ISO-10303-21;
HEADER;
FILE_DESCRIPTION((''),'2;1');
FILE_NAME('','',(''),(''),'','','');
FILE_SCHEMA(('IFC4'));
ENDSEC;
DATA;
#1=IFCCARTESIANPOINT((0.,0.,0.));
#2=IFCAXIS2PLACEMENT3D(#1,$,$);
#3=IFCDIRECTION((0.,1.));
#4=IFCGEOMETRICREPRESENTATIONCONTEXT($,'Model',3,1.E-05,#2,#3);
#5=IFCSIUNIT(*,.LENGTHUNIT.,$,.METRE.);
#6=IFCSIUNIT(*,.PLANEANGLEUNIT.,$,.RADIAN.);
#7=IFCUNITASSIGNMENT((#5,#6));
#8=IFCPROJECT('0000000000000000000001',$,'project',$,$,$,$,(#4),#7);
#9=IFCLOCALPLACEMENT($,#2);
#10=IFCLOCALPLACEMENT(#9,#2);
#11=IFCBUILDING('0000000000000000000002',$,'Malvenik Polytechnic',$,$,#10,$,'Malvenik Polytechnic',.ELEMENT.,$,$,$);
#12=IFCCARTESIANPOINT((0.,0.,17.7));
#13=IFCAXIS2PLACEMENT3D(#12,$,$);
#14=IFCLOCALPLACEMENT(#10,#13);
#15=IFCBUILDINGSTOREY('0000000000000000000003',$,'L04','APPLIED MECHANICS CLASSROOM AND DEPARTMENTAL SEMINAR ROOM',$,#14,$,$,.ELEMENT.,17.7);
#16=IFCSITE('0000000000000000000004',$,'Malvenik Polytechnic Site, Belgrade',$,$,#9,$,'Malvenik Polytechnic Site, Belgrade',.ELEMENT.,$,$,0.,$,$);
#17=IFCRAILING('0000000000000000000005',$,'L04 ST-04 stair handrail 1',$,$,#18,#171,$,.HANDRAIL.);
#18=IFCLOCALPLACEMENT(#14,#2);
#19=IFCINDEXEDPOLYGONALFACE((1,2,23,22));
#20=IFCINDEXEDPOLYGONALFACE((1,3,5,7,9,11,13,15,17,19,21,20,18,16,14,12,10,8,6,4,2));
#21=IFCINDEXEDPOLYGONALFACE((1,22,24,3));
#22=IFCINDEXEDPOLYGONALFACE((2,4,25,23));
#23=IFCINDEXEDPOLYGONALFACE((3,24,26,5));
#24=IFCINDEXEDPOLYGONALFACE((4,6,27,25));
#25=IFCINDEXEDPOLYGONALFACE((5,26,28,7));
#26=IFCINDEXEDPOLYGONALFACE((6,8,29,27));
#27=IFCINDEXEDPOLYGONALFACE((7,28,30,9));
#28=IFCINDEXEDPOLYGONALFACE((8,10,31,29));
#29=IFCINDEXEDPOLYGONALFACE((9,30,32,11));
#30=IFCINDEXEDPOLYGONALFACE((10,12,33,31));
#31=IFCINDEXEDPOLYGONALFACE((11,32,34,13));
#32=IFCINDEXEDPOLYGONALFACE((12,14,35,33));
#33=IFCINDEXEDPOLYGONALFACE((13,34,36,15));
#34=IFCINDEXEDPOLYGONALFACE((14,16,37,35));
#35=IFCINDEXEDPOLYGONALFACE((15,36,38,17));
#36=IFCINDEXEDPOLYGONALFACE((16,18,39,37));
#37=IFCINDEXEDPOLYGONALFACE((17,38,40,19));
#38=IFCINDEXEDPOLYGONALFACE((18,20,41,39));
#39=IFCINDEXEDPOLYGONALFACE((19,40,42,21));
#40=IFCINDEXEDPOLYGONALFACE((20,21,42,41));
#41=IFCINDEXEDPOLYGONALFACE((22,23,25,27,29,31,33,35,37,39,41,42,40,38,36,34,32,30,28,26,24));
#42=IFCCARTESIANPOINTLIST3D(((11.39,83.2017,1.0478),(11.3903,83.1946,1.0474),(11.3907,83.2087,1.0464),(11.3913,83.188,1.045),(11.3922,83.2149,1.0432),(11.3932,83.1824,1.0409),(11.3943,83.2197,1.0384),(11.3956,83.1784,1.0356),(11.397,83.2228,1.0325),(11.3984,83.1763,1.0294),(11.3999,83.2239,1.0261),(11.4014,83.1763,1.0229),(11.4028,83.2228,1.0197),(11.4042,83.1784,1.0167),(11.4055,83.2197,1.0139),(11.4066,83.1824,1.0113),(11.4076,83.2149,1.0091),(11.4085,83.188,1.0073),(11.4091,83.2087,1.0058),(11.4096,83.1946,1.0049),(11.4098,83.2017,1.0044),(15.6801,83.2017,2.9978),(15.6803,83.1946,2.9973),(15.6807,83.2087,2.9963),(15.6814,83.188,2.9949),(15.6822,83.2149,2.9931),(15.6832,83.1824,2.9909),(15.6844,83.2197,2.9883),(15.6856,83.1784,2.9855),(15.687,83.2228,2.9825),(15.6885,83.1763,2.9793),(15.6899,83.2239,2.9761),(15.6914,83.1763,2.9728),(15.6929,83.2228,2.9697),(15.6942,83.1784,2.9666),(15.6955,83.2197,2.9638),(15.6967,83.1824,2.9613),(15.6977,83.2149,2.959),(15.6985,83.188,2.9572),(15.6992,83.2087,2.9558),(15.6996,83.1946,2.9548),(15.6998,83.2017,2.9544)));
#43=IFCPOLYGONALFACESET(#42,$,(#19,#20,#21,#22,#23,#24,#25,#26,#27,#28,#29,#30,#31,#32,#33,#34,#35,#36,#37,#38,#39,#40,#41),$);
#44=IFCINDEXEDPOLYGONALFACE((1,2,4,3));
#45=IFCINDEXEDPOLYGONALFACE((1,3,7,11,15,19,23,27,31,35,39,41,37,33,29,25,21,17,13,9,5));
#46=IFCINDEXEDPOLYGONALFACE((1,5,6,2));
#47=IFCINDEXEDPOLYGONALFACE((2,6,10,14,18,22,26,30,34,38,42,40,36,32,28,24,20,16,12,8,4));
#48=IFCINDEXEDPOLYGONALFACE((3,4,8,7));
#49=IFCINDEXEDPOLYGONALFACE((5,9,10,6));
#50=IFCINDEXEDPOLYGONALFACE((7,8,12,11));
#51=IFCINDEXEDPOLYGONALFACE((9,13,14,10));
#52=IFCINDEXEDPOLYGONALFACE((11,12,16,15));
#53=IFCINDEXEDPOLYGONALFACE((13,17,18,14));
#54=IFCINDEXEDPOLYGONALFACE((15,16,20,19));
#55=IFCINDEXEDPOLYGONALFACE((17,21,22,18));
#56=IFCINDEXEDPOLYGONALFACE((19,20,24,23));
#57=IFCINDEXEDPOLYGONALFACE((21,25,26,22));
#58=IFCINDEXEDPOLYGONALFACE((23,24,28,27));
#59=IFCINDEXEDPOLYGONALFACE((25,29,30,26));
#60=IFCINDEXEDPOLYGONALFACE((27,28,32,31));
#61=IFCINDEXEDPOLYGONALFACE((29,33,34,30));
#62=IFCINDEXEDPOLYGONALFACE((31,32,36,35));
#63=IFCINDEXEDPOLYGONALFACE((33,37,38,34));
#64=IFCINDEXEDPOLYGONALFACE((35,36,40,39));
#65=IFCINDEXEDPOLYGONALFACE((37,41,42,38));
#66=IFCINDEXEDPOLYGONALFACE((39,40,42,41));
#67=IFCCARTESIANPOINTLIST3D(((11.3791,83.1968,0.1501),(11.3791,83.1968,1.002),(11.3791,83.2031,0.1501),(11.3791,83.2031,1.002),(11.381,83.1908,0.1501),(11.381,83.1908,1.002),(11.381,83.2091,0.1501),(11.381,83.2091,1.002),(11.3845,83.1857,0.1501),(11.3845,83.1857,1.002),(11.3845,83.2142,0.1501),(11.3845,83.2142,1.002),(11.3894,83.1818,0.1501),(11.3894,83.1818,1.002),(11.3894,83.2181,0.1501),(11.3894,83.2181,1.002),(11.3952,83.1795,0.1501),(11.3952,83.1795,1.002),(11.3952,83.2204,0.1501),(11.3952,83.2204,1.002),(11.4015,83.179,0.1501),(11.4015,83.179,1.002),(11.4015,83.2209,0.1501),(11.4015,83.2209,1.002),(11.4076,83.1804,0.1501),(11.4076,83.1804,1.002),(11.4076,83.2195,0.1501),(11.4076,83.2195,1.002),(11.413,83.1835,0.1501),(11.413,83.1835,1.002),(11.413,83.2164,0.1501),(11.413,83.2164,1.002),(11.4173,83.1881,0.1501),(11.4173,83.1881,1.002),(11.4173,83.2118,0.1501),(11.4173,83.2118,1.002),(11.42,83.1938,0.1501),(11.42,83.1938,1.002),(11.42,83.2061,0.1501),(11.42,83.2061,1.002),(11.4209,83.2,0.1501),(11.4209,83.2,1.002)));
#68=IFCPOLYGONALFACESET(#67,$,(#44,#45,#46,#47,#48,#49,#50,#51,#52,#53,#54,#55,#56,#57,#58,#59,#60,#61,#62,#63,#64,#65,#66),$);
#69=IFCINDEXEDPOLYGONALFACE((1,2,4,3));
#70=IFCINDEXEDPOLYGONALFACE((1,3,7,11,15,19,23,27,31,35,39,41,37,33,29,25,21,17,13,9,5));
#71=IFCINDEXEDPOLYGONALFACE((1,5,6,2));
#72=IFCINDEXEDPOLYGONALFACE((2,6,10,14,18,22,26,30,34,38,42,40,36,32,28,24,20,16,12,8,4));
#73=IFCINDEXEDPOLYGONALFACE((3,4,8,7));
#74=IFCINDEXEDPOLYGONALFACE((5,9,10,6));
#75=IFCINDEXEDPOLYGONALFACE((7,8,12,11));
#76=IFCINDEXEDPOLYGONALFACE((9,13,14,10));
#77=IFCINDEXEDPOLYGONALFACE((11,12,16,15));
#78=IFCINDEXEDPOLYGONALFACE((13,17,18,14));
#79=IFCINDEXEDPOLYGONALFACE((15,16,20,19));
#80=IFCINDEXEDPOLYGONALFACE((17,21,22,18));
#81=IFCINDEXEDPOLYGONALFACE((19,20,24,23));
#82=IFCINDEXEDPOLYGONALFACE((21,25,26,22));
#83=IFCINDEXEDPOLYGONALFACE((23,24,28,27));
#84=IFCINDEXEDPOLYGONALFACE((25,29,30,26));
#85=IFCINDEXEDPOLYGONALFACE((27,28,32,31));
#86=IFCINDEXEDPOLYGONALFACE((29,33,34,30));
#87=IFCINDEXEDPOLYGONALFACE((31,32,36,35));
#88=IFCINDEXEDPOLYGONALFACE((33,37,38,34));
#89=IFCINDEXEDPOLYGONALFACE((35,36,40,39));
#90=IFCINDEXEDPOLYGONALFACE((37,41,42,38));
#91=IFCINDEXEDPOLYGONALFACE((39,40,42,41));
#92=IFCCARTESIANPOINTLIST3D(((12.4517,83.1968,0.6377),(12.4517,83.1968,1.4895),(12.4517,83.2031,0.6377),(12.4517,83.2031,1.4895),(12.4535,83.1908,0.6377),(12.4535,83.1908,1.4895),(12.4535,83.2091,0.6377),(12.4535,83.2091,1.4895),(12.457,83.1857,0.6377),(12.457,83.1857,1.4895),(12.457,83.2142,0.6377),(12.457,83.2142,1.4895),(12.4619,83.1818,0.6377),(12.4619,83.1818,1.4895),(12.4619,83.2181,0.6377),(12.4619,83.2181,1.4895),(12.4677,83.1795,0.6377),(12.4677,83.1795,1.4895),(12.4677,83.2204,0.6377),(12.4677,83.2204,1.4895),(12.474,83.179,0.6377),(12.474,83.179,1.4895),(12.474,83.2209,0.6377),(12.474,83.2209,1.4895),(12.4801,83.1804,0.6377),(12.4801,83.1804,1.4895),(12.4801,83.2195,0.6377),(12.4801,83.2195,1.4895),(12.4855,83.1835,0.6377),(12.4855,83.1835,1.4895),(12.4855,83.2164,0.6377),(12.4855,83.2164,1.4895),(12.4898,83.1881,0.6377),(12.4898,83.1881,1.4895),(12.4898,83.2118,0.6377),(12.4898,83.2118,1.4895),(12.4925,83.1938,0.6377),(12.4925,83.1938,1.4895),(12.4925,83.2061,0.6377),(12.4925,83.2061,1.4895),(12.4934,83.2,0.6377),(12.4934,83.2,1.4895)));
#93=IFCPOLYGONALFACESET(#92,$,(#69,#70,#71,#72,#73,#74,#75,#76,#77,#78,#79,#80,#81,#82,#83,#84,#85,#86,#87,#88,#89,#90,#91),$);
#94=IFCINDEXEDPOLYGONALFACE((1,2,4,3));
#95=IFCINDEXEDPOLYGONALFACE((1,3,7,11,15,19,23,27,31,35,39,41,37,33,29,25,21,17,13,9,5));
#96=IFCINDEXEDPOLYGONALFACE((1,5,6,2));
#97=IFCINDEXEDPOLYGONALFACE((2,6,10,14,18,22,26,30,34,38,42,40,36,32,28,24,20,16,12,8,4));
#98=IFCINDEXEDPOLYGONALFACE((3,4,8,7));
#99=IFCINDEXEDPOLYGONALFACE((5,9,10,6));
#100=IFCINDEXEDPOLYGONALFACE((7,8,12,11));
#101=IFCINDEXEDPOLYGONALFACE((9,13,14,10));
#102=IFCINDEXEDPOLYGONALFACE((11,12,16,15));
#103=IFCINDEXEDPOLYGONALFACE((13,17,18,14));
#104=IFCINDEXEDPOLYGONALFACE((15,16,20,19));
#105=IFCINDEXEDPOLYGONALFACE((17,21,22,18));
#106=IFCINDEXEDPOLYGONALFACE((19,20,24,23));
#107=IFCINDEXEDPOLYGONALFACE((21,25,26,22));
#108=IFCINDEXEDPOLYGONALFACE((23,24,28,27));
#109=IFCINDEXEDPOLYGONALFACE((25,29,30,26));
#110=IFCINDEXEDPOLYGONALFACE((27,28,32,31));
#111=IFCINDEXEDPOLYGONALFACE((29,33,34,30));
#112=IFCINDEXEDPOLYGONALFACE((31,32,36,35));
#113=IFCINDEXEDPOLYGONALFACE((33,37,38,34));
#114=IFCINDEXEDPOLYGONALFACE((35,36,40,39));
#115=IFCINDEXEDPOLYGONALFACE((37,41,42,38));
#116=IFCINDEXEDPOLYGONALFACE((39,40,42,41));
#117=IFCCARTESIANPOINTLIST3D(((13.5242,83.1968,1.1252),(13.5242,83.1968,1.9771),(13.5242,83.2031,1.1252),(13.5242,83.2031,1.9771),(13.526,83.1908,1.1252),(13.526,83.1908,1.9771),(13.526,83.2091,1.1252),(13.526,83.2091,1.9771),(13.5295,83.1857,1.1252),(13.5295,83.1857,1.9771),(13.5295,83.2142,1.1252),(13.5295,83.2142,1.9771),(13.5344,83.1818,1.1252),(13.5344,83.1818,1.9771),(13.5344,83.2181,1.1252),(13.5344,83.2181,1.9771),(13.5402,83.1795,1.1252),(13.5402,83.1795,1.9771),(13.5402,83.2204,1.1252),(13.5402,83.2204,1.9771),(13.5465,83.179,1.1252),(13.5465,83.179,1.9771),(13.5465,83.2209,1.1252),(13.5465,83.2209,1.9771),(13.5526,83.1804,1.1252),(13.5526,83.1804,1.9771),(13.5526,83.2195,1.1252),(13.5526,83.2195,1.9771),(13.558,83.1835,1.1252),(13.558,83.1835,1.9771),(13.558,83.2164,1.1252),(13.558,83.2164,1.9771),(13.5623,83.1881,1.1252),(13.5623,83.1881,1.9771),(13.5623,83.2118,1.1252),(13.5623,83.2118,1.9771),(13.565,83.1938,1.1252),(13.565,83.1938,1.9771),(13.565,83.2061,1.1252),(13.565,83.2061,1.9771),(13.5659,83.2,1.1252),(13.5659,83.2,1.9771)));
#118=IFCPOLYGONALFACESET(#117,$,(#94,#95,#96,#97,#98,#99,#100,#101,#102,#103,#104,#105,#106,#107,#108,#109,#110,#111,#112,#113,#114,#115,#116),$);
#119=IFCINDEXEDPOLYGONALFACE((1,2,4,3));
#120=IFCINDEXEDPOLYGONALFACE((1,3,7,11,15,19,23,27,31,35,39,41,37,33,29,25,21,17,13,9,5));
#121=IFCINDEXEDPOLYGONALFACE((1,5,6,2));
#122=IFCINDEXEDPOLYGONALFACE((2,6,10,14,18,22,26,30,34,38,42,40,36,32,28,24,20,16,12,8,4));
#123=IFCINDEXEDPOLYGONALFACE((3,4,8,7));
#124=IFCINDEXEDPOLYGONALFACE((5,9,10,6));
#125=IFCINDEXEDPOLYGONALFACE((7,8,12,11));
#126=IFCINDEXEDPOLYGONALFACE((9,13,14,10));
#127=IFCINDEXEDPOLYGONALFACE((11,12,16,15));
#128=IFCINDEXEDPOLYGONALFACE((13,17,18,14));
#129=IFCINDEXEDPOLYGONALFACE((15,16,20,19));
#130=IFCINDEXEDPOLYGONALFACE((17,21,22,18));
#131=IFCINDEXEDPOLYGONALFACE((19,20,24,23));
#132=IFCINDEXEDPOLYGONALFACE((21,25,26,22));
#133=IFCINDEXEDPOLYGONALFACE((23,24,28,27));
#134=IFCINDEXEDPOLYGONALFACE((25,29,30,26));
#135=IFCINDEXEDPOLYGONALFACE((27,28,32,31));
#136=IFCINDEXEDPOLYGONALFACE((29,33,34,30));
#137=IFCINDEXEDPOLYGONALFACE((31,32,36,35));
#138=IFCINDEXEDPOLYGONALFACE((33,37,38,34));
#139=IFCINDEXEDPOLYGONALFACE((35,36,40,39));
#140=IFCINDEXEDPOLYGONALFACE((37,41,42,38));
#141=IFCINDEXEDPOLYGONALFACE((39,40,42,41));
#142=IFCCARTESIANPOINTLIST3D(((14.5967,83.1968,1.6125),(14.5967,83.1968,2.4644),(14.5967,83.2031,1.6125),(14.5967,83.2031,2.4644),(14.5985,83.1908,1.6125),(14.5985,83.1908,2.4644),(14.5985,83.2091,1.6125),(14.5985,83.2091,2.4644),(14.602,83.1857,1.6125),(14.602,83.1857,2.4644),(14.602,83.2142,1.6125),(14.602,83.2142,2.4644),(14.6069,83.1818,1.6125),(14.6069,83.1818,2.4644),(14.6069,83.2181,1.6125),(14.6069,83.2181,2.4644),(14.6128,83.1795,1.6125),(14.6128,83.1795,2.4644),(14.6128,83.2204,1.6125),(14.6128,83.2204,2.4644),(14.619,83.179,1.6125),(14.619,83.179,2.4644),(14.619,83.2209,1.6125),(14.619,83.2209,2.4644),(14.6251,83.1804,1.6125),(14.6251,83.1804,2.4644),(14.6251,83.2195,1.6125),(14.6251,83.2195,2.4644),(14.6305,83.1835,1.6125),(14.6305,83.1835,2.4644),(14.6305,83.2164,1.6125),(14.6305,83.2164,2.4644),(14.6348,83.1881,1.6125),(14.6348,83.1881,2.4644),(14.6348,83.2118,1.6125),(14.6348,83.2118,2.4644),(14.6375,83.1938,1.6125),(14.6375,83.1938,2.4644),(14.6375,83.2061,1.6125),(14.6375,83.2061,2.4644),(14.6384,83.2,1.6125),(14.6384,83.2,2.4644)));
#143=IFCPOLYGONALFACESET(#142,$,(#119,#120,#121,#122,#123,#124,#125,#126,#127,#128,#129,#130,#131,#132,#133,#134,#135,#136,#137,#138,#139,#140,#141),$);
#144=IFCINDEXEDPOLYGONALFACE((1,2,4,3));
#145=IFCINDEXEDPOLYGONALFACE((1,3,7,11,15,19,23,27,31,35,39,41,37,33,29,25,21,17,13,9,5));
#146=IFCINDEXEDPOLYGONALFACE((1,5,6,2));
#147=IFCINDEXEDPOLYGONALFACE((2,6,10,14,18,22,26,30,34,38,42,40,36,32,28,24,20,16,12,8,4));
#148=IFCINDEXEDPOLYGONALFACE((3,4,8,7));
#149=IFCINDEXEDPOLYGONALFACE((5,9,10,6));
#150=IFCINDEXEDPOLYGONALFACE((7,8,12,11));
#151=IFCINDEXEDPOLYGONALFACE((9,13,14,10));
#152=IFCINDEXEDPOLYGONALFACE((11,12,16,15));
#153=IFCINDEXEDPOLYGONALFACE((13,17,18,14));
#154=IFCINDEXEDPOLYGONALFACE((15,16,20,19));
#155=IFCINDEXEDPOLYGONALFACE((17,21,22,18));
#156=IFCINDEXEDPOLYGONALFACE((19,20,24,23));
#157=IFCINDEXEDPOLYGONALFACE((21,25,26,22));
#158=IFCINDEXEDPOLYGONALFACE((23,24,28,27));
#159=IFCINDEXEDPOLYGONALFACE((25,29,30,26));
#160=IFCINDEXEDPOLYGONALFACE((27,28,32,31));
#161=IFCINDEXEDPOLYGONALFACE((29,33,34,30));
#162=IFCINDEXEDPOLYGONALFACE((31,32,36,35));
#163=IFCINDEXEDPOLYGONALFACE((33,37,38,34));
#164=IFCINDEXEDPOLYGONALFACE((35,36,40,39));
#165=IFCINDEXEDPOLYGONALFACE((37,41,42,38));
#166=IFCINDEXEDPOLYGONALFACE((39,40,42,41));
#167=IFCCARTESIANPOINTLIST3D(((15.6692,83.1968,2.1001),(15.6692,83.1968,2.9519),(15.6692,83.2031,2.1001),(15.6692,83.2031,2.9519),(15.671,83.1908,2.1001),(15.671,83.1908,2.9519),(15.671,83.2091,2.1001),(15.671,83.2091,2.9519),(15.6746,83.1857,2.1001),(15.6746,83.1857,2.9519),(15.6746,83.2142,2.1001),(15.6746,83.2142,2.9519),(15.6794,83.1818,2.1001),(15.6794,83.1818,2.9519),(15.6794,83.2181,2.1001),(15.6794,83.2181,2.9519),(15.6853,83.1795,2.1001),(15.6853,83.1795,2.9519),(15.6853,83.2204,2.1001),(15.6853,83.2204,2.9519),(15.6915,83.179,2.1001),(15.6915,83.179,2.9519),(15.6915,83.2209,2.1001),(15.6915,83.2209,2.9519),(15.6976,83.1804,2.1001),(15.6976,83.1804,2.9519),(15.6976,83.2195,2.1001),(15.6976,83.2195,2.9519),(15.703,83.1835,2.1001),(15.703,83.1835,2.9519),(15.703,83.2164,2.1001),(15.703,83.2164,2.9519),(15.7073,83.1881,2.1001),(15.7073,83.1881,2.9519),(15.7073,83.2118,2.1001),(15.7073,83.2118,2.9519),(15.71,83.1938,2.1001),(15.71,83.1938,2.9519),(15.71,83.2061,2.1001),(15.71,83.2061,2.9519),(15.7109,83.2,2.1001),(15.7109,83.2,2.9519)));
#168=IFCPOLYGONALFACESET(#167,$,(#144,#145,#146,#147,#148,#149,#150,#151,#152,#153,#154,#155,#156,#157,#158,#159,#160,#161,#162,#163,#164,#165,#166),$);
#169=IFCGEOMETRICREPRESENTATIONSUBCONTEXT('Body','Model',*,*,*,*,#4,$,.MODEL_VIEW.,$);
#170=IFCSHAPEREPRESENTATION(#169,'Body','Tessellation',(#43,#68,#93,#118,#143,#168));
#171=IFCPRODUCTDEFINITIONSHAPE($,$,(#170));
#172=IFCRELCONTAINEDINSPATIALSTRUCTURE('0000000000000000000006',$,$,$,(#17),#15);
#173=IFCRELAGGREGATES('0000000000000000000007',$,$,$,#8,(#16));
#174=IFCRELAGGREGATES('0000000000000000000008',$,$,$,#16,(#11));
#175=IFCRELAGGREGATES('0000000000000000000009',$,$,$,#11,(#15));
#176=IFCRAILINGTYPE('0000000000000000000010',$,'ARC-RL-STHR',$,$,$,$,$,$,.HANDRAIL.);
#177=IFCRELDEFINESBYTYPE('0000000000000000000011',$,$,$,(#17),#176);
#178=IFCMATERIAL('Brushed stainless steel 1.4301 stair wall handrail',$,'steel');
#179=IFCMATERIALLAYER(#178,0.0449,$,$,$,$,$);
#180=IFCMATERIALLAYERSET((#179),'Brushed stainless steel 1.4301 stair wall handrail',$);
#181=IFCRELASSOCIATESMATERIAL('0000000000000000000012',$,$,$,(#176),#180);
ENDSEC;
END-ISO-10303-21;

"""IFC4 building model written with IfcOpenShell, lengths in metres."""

from ifc_helpers import new_model, si_unit, direction, frame, origin, origin_2d, place, context, subcontext, project, spatial, circle, extrude, material, layer, layer_set, type_object, element, save


model = new_model("IFC4")

# Units and contexts
model_context = context("Model", 3, precision=1e-05, world=origin(), true_north=direction((0.0, 1.0)))
body_context = subcontext(model_context, "Body", "Model", "MODEL_VIEW")
ifc_project = project(units=[si_unit("LENGTHUNIT", "METRE"), si_unit("PLANEANGLEUNIT", "RADIAN")], contexts=[model_context])

# Site, building, storey
site_placement = place(None, origin())
site = spatial("IfcSite", under=ifc_project, at=site_placement, Name="Malvenik Polytechnic Site, Belgrade", LongName="Malvenik Polytechnic Site, Belgrade", CompositionType="ELEMENT", RefElevation=0.0)
building_placement = place(site_placement, origin())
building = spatial("IfcBuilding", under=site, at=building_placement, Name="Malvenik Polytechnic", LongName="Malvenik Polytechnic", CompositionType="ELEMENT")
storey_placement = place(building_placement, frame((0.0, 0.0, 17.7)))
storey = spatial("IfcBuildingStorey", under=building, at=storey_placement, Name="L04", Description="APPLIED MECHANICS CLASSROOM AND DEPARTMENTAL SEMINAR ROOM", CompositionType="ELEMENT", Elevation=17.7)

# Railing
ifc_material_1 = material(Name="Brushed stainless steel 1.4301 stair wall handrail", Category="steel")
ifc_layer_1 = layer(ifc_material_1, 0.0449)
ifc_layer_set_1 = layer_set([ifc_layer_1], Name="Brushed stainless steel 1.4301 stair wall handrail")
railing_type_1 = type_object("IfcRailingType", Name="ARC-RL-STHR", PredefinedType="HANDRAIL", material=ifc_layer_set_1)
railing_1_placement = place(storey_placement, frame((11.3999, 83.2, 0.1501)))
element("IfcRailing", 1, at=railing_1_placement, inside=storey, type_object=railing_type_1, Name="L04 ST-04 stair handrail 1", PredefinedType="HANDRAIL", context=body_context, shape_type="SweptSolid", body=[
    extrude(circle(Radius=0.0239, at=origin_2d()), frame((0.0, 0.0, 0.876), z_axis=(0.910372, 0.0, 0.413791), x_axis=(0.0, 1.0, 0.0)), (0.0, 0.0, 1.0), 4.7124),
    extrude(circle(Radius=0.021, at=origin_2d()), origin(), (0.0, 0.0, 1.0), 0.8518),
    extrude(circle(Radius=0.021, at=origin_2d()), frame((1.0725, 0.0, 0.4875)), (0.0, 0.0, 1.0), 0.8518),
    extrude(circle(Radius=0.021, at=origin_2d()), frame((2.145, 0.0, 0.9751)), (0.0, 0.0, 1.0), 0.8518),
    extrude(circle(Radius=0.021, at=origin_2d()), frame((3.2175, 0.0, 1.4624)), (0.0, 0.0, 1.0), 0.8518),
    extrude(circle(Radius=0.021, at=origin_2d()), frame((4.29, 0.0, 1.95)), (0.0, 0.0, 1.0), 0.8518),
])

save(model, "model.ifc")
